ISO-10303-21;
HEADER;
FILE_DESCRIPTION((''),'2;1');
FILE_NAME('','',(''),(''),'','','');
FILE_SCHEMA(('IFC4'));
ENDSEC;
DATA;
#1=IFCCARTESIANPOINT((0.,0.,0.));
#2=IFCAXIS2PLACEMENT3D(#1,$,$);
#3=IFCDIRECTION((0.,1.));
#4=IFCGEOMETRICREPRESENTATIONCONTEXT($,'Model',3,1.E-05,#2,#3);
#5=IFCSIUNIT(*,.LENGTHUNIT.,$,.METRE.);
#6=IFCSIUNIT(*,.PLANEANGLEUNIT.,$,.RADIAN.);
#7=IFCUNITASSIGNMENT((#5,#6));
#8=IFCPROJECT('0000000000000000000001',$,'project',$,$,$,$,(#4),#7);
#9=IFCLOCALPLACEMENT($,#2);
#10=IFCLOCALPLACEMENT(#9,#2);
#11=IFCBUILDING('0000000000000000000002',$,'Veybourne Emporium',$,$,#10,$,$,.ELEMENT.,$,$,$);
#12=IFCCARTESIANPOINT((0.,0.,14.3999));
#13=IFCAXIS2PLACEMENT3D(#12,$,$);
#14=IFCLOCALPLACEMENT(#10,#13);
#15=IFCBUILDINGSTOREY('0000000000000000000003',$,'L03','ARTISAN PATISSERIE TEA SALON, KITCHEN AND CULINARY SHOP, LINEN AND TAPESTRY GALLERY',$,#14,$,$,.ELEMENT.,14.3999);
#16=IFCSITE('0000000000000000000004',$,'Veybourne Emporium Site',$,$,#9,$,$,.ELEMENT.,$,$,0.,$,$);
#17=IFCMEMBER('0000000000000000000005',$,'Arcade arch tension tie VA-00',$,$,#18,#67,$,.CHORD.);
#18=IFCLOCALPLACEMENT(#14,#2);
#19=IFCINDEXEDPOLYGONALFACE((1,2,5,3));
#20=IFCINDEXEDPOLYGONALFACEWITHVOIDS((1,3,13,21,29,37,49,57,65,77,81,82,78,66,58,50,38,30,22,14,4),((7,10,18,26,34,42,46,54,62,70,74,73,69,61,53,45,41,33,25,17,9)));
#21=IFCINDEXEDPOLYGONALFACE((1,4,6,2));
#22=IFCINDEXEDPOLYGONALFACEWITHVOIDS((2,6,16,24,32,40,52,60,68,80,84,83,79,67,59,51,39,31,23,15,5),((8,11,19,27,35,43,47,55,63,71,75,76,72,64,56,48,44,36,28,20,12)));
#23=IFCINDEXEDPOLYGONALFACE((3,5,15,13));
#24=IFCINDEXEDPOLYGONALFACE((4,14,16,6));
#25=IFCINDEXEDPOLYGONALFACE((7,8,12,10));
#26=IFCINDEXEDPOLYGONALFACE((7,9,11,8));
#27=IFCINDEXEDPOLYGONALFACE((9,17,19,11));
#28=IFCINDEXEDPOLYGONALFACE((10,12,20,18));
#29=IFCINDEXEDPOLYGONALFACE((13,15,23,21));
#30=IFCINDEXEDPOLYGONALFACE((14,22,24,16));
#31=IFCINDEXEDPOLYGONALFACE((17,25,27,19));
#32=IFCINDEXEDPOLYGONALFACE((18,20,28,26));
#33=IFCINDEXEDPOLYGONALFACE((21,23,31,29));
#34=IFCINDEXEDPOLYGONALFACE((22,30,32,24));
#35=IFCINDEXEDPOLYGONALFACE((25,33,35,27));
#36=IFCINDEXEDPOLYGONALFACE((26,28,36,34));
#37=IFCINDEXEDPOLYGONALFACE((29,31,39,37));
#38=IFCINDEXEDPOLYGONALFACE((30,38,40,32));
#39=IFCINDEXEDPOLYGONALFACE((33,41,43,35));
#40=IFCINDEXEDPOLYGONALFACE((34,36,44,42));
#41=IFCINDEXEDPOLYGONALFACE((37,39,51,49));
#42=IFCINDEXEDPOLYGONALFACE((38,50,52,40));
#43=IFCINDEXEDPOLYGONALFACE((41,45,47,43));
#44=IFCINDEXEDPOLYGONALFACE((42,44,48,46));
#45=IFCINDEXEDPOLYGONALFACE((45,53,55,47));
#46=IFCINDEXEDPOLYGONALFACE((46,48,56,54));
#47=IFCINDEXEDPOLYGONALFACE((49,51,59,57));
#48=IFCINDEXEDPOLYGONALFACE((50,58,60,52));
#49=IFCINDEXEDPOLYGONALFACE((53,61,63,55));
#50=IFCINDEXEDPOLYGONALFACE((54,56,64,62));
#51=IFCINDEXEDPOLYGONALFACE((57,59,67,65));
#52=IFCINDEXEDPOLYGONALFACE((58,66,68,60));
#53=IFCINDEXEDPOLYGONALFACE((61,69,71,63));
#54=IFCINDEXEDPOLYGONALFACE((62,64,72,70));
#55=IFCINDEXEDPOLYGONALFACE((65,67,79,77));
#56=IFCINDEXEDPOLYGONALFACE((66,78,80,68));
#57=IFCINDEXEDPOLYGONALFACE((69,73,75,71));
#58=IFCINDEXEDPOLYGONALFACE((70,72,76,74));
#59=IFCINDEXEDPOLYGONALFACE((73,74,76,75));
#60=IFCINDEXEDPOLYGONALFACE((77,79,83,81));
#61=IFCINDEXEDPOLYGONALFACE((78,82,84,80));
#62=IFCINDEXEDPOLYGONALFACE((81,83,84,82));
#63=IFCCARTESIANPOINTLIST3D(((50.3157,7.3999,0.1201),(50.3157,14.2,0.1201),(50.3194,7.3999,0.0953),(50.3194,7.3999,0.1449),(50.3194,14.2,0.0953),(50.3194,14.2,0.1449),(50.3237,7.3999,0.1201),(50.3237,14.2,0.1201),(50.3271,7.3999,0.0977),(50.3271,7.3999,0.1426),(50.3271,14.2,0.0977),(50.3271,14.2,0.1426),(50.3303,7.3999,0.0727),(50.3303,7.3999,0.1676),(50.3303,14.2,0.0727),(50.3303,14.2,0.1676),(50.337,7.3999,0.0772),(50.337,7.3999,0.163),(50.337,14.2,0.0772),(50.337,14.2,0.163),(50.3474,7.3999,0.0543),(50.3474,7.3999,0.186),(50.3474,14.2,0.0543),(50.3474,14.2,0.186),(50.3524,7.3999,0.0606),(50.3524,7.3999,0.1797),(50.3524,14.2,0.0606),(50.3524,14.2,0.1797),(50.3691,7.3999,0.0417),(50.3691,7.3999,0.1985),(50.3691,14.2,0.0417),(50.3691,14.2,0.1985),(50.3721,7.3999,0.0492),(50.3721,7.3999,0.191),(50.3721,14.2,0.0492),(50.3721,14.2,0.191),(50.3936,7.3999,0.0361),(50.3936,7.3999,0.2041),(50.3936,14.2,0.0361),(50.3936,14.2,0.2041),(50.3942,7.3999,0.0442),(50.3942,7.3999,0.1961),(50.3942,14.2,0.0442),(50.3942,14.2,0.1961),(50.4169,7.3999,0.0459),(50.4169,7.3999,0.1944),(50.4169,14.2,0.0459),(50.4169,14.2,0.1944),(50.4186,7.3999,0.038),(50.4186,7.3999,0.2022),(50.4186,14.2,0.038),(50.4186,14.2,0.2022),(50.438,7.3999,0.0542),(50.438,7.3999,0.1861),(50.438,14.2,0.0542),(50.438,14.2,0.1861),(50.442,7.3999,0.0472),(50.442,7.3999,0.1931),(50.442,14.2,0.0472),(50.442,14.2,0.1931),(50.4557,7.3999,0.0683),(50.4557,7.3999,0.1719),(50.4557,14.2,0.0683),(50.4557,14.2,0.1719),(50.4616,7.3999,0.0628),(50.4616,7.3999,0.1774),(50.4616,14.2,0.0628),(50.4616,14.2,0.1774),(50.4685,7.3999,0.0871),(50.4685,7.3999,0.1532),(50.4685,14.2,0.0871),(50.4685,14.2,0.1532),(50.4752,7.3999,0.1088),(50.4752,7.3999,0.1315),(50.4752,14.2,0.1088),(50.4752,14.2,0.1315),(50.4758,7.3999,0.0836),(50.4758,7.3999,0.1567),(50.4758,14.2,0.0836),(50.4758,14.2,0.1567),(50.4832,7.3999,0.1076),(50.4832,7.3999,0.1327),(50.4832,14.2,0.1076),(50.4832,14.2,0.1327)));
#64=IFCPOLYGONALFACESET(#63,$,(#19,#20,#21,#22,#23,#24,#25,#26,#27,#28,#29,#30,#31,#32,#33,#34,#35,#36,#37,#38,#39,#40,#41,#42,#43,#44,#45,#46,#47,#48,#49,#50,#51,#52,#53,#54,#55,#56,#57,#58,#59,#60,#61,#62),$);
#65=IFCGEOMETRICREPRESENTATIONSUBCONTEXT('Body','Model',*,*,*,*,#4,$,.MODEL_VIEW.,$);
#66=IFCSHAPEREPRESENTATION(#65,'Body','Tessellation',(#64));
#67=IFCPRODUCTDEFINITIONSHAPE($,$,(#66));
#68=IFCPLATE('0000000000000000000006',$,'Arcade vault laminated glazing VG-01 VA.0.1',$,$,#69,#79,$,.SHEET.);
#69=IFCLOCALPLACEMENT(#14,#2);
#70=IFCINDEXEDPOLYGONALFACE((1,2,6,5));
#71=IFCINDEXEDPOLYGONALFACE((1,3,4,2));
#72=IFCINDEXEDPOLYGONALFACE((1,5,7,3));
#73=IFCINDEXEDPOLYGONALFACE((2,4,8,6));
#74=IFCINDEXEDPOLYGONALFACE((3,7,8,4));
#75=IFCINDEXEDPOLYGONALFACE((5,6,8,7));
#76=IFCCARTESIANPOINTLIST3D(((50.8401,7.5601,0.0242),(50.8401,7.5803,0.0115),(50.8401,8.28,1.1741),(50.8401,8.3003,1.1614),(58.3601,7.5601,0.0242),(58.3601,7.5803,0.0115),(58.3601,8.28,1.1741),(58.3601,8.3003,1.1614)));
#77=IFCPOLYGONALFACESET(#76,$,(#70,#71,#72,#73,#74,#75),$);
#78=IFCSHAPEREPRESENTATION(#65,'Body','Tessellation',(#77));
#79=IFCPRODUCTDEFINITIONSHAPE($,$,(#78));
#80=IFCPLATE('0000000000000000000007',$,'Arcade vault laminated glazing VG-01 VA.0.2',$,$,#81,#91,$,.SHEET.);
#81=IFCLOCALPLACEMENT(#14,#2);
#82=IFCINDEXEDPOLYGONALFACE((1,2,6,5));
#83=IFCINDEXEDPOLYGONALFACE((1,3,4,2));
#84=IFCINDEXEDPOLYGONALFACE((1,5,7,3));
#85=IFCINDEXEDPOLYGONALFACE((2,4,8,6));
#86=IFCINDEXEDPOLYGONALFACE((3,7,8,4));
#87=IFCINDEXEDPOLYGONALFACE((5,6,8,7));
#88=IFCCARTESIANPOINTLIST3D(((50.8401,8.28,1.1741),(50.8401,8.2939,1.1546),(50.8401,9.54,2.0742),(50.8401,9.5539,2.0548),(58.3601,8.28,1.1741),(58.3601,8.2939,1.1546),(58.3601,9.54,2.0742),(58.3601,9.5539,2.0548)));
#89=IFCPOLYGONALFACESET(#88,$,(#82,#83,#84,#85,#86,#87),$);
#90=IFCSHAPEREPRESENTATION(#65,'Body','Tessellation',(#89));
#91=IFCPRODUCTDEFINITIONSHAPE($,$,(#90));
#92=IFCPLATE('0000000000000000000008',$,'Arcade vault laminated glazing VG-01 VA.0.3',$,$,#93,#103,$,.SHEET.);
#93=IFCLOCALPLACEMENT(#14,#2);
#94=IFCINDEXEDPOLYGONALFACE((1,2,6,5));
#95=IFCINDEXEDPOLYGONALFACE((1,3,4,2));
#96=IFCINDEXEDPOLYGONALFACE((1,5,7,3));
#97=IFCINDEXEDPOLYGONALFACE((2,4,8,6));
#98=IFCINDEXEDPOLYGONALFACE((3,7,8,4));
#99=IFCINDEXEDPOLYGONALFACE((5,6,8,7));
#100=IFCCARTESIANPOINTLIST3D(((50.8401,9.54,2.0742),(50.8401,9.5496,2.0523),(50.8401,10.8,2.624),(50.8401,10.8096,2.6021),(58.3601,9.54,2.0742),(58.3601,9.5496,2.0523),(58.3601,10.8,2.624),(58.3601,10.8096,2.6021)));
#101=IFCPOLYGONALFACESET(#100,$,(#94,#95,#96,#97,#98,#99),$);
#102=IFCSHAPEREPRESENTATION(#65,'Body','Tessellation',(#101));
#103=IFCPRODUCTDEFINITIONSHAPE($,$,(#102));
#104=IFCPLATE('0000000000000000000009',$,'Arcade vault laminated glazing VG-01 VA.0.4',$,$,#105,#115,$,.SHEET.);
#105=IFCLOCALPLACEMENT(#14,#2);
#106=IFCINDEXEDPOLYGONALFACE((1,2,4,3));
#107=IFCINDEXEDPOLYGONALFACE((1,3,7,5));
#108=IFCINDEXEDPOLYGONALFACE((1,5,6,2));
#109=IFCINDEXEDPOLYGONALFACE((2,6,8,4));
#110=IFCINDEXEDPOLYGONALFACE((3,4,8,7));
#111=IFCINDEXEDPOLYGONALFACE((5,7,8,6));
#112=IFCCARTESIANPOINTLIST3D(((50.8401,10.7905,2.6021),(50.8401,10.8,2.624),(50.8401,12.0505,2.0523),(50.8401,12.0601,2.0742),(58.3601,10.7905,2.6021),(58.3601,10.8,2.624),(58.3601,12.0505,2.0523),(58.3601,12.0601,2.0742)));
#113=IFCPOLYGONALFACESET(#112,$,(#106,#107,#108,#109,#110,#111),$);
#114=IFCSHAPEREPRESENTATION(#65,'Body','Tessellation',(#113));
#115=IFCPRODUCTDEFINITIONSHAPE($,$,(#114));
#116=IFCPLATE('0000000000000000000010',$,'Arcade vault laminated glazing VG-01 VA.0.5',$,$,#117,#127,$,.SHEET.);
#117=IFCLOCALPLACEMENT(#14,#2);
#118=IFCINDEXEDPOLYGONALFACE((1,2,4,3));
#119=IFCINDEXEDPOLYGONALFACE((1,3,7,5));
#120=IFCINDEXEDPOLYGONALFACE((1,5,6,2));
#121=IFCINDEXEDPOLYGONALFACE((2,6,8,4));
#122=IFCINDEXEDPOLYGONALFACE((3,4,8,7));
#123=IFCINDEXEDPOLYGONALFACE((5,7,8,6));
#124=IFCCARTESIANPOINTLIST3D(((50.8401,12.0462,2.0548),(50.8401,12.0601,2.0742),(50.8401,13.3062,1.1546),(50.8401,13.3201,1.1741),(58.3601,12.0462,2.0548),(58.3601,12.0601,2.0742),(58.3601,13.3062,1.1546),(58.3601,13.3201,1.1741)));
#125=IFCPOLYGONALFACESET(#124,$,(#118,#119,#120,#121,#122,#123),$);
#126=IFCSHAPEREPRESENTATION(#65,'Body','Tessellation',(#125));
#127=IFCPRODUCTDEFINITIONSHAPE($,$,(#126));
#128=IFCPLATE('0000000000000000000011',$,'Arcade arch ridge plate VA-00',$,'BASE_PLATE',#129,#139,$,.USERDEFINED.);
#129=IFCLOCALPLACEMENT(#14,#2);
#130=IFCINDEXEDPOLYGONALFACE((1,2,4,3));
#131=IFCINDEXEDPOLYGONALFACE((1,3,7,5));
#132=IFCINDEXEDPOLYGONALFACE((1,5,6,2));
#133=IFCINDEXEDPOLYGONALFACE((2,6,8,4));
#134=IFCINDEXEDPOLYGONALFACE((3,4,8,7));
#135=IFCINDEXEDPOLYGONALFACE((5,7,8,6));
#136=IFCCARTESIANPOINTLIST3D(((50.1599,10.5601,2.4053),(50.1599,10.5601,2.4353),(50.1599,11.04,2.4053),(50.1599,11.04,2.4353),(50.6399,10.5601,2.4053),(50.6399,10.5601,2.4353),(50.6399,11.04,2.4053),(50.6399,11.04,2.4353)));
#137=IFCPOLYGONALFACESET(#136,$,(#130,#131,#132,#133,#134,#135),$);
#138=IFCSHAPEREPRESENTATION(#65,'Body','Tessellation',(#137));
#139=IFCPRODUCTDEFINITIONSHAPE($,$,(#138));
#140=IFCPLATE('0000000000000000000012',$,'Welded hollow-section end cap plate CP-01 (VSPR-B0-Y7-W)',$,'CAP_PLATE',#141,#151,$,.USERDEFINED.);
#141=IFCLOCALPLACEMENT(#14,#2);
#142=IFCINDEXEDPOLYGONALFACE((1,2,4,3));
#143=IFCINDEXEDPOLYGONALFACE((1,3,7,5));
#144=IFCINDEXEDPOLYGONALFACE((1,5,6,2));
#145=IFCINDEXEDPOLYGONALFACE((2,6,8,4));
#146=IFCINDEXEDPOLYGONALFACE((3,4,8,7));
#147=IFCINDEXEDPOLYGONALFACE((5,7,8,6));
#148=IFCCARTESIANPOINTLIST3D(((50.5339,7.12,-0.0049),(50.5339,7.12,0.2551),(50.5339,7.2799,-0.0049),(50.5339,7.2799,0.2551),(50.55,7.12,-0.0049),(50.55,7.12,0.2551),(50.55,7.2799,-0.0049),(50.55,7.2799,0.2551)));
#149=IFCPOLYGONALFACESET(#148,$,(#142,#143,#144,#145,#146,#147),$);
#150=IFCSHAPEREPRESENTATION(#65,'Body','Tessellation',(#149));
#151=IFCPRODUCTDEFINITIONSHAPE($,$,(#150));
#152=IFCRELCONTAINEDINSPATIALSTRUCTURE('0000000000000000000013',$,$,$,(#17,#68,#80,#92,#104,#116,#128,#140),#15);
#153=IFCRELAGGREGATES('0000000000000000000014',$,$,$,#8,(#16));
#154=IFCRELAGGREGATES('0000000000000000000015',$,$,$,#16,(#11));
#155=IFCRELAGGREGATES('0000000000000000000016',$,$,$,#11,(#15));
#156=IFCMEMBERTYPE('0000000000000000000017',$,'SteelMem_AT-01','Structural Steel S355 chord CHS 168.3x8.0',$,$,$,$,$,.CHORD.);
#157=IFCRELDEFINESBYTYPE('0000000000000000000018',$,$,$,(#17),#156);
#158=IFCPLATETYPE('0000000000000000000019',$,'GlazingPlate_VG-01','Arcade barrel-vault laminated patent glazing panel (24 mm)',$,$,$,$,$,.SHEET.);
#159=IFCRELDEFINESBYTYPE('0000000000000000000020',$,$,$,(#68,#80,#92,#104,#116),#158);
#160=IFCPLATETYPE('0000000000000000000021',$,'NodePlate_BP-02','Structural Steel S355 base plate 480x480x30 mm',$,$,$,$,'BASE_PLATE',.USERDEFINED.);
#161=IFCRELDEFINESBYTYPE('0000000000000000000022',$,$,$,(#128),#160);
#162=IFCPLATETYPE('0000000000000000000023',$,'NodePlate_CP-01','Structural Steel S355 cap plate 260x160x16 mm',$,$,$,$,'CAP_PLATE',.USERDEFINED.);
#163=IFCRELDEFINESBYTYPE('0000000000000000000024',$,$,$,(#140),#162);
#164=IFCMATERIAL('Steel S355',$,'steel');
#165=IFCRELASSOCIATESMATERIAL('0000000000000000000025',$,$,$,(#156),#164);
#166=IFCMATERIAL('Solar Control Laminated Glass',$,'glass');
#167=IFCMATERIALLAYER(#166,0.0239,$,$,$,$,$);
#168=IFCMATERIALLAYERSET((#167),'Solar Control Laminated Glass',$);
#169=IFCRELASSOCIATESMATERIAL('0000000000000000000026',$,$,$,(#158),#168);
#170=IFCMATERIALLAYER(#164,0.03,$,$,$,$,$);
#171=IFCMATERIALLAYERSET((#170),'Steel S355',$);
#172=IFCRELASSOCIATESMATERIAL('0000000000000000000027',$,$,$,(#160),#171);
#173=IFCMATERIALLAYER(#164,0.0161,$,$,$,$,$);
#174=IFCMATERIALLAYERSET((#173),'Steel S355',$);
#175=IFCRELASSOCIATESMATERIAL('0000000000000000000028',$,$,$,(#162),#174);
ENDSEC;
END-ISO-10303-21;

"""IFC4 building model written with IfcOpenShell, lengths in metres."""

from ifc_helpers import new_model, si_unit, direction, frame, origin, origin_2d, place, context, subcontext, project, spatial, polyline, rectangle, hollow_circle, outline, extrude, material, layer, layer_set, material_profile, profile_set, type_object, element, save


model = new_model("IFC4")

# Units and contexts
model_context = context("Model", 3, precision=1e-05, world=origin(), true_north=direction((0.0, 1.0)))
body_context = subcontext(model_context, "Body", "Model", "MODEL_VIEW")
ifc_project = project(units=[si_unit("LENGTHUNIT", "METRE"), si_unit("PLANEANGLEUNIT", "RADIAN")], contexts=[model_context])

# Site, building, storey
site_placement = place(None, origin())
site = spatial("IfcSite", under=ifc_project, at=site_placement, Name="Veybourne Emporium Site", CompositionType="ELEMENT", RefElevation=0.0)
building_placement = place(site_placement, origin())
building = spatial("IfcBuilding", under=site, at=building_placement, Name="Veybourne Emporium", CompositionType="ELEMENT")
storey_placement = place(building_placement, frame((0.0, 0.0, 14.3999)))
storey = spatial("IfcBuildingStorey", under=building, at=storey_placement, Name="L03", Description="ARTISAN PATISSERIE TEA SALON, KITCHEN AND CULINARY SHOP, LINEN AND TAPESTRY GALLERY", CompositionType="ELEMENT", Elevation=14.3999)

# Shared definitions
ifc_material_1 = material(Name="Steel S355", Category="steel")

# Member
ifc_material_profile_1 = material_profile(ifc_material_1, hollow_circle(Radius=0.0842, WallThickness=0.0081, at=origin_2d()), Name="CHS 168.3x8.0")
ifc_profile_set_1 = profile_set([ifc_material_profile_1], Name="Steel S355")
member_type_1 = type_object("IfcMemberType", Name="SteelMem_AT-01", Description="Structural Steel S355 chord CHS 168.3x8.0", PredefinedType="CHORD", material=ifc_profile_set_1)
member_placement = place(storey_placement, frame((50.3999, 7.3999, 0.1201), z_axis=(0.0, 1.0, 0.0), x_axis=(-1.0, 0.0, 0.0)))
element("IfcMember", 1, at=member_placement, inside=storey, type_object=member_type_1, Name="Arcade arch tension tie VA-00", PredefinedType="CHORD", context=body_context, shape_type="SweptSolid", body=[
    extrude(hollow_circle(Radius=0.0842, WallThickness=0.0081, at=origin_2d()), origin(), (0.0, 0.0, 1.0), 6.8),
])

# Plates
ifc_material_2 = material(Name="Solar Control Laminated Glass", Category="glass")
ifc_layer_1 = layer(ifc_material_2, 0.0239)
ifc_layer_set_1 = layer_set([ifc_layer_1], Name="Solar Control Laminated Glass")
plate_type_1 = type_object("IfcPlateType", Name="GlazingPlate_VG-01", Description="Arcade barrel-vault laminated patent glazing panel (24 mm)", PredefinedType="SHEET", material=ifc_layer_set_1)
plate_1_placement = place(storey_placement, frame((50.8401, 7.5601, 0.0242), z_axis=(0.0, -0.847573, 0.530678), x_axis=(1.0, 0.0, 0.0)))
element("IfcPlate", 2, at=plate_1_placement, inside=storey, type_object=plate_type_1, Name="Arcade vault laminated glazing VG-01 VA.0.1", PredefinedType="SHEET", context=body_context, shape_type="SweptSolid", body=[
    extrude(outline(polyline([(0.0, 0.0), (7.52, 0.0), (7.52, 1.3567), (0.0, 1.3567), (0.0, 0.0)])), origin(), (0.0, 0.0, -1.0), 0.0239),
])
plate_2_placement = place(storey_placement, frame((50.8401, 8.28, 1.1741), z_axis=(0.0, -0.581298, 0.813691), x_axis=(1.0, 0.0, 0.0)))
element("IfcPlate", 3, at=plate_2_placement, inside=storey, type_object=plate_type_1, Name="Arcade vault laminated glazing VG-01 VA.0.2", PredefinedType="SHEET", context=body_context, shape_type="SweptSolid", body=[
    extrude(outline(polyline([(0.0, 0.0), (7.52, 0.0), (7.52, 1.5485), (0.0, 1.5485), (0.0, 0.0)])), origin(), (0.0, 0.0, -1.0), 0.0239),
])
for number, where, z_axis, x_axis, name in (
    (4, (50.8401, 9.54, 2.0742), (0.0, -0.399934, 0.916544), (1.0, 0.0, 0.0), "Arcade vault laminated glazing VG-01 VA.0.3"),
    (5, (50.8401, 10.8, 2.624), (0.0, 0.399934, 0.916544), (1.0, 0.0, 0.0), "Arcade vault laminated glazing VG-01 VA.0.4"),
):
    element("IfcPlate", number, at=place(storey_placement, frame(where, z_axis=z_axis, x_axis=x_axis)), inside=storey, type_object=plate_type_1, Name=name, PredefinedType="SHEET", context=body_context, shape_type="SweptSolid", body=[
        extrude(outline(polyline([(0.0, 0.0), (7.52, 0.0), (7.52, 1.3747), (0.0, 1.3747), (0.0, 0.0)])), origin(), (0.0, 0.0, -1.0), 0.0239),
    ])
plate_3_placement = place(storey_placement, frame((50.8401, 12.0601, 2.0742), z_axis=(0.0, 0.581298, 0.813691), x_axis=(1.0, 0.0, 0.0)))
element("IfcPlate", 6, at=plate_3_placement, inside=storey, type_object=plate_type_1, Name="Arcade vault laminated glazing VG-01 VA.0.5", PredefinedType="SHEET", context=body_context, shape_type="SweptSolid", body=[
    extrude(outline(polyline([(0.0, 0.0), (7.52, 0.0), (7.52, 1.5485), (0.0, 1.5485), (0.0, 0.0)])), origin(), (0.0, 0.0, -1.0), 0.0239),
])
ifc_layer_2 = layer(ifc_material_1, 0.03)
ifc_layer_set_2 = layer_set([ifc_layer_2], Name="Steel S355")
plate_type_2 = type_object("IfcPlateType", Name="NodePlate_BP-02", Description="Structural Steel S355 base plate 480x480x30 mm", ElementType="BASE_PLATE", PredefinedType="USERDEFINED", material=ifc_layer_set_2)
plate_4_placement = place(storey_placement, frame((50.3999, 10.8, 2.4053), z_axis=(0.0, 0.0, 1.0), x_axis=(1.0, 0.0, 0.0)))
element("IfcPlate", 7, at=plate_4_placement, inside=storey, type_object=plate_type_2, Name="Arcade arch ridge plate VA-00", ObjectType="BASE_PLATE", PredefinedType="USERDEFINED", context=body_context, shape_type="SweptSolid", body=[
    extrude(rectangle(XDim=0.48, YDim=0.48, at=origin_2d()), origin(), (0.0, 0.0, 1.0), 0.03),
])
ifc_layer_3 = layer(ifc_material_1, 0.0161)
ifc_layer_set_3 = layer_set([ifc_layer_3], Name="Steel S355")
plate_type_3 = type_object("IfcPlateType", Name="NodePlate_CP-01", Description="Structural Steel S355 cap plate 260x160x16 mm", ElementType="CAP_PLATE", PredefinedType="USERDEFINED", material=ifc_layer_set_3)
plate_5_placement = place(storey_placement, frame((50.542, 7.2, -0.0049), z_axis=(0.0, 0.0, 1.0), x_axis=(1.0, 0.0, 0.0)))
element("IfcPlate", 8, at=plate_5_placement, inside=storey, type_object=plate_type_3, Name="Welded hollow-section end cap plate CP-01 (VSPR-B0-Y7-W)", ObjectType="CAP_PLATE", PredefinedType="USERDEFINED", context=body_context, shape_type="SweptSolid", body=[
    extrude(rectangle(XDim=0.0161, YDim=0.1599, at=origin_2d()), origin(), (0.0, 0.0, 1.0), 0.26),
])

save(model, "model.ifc")
